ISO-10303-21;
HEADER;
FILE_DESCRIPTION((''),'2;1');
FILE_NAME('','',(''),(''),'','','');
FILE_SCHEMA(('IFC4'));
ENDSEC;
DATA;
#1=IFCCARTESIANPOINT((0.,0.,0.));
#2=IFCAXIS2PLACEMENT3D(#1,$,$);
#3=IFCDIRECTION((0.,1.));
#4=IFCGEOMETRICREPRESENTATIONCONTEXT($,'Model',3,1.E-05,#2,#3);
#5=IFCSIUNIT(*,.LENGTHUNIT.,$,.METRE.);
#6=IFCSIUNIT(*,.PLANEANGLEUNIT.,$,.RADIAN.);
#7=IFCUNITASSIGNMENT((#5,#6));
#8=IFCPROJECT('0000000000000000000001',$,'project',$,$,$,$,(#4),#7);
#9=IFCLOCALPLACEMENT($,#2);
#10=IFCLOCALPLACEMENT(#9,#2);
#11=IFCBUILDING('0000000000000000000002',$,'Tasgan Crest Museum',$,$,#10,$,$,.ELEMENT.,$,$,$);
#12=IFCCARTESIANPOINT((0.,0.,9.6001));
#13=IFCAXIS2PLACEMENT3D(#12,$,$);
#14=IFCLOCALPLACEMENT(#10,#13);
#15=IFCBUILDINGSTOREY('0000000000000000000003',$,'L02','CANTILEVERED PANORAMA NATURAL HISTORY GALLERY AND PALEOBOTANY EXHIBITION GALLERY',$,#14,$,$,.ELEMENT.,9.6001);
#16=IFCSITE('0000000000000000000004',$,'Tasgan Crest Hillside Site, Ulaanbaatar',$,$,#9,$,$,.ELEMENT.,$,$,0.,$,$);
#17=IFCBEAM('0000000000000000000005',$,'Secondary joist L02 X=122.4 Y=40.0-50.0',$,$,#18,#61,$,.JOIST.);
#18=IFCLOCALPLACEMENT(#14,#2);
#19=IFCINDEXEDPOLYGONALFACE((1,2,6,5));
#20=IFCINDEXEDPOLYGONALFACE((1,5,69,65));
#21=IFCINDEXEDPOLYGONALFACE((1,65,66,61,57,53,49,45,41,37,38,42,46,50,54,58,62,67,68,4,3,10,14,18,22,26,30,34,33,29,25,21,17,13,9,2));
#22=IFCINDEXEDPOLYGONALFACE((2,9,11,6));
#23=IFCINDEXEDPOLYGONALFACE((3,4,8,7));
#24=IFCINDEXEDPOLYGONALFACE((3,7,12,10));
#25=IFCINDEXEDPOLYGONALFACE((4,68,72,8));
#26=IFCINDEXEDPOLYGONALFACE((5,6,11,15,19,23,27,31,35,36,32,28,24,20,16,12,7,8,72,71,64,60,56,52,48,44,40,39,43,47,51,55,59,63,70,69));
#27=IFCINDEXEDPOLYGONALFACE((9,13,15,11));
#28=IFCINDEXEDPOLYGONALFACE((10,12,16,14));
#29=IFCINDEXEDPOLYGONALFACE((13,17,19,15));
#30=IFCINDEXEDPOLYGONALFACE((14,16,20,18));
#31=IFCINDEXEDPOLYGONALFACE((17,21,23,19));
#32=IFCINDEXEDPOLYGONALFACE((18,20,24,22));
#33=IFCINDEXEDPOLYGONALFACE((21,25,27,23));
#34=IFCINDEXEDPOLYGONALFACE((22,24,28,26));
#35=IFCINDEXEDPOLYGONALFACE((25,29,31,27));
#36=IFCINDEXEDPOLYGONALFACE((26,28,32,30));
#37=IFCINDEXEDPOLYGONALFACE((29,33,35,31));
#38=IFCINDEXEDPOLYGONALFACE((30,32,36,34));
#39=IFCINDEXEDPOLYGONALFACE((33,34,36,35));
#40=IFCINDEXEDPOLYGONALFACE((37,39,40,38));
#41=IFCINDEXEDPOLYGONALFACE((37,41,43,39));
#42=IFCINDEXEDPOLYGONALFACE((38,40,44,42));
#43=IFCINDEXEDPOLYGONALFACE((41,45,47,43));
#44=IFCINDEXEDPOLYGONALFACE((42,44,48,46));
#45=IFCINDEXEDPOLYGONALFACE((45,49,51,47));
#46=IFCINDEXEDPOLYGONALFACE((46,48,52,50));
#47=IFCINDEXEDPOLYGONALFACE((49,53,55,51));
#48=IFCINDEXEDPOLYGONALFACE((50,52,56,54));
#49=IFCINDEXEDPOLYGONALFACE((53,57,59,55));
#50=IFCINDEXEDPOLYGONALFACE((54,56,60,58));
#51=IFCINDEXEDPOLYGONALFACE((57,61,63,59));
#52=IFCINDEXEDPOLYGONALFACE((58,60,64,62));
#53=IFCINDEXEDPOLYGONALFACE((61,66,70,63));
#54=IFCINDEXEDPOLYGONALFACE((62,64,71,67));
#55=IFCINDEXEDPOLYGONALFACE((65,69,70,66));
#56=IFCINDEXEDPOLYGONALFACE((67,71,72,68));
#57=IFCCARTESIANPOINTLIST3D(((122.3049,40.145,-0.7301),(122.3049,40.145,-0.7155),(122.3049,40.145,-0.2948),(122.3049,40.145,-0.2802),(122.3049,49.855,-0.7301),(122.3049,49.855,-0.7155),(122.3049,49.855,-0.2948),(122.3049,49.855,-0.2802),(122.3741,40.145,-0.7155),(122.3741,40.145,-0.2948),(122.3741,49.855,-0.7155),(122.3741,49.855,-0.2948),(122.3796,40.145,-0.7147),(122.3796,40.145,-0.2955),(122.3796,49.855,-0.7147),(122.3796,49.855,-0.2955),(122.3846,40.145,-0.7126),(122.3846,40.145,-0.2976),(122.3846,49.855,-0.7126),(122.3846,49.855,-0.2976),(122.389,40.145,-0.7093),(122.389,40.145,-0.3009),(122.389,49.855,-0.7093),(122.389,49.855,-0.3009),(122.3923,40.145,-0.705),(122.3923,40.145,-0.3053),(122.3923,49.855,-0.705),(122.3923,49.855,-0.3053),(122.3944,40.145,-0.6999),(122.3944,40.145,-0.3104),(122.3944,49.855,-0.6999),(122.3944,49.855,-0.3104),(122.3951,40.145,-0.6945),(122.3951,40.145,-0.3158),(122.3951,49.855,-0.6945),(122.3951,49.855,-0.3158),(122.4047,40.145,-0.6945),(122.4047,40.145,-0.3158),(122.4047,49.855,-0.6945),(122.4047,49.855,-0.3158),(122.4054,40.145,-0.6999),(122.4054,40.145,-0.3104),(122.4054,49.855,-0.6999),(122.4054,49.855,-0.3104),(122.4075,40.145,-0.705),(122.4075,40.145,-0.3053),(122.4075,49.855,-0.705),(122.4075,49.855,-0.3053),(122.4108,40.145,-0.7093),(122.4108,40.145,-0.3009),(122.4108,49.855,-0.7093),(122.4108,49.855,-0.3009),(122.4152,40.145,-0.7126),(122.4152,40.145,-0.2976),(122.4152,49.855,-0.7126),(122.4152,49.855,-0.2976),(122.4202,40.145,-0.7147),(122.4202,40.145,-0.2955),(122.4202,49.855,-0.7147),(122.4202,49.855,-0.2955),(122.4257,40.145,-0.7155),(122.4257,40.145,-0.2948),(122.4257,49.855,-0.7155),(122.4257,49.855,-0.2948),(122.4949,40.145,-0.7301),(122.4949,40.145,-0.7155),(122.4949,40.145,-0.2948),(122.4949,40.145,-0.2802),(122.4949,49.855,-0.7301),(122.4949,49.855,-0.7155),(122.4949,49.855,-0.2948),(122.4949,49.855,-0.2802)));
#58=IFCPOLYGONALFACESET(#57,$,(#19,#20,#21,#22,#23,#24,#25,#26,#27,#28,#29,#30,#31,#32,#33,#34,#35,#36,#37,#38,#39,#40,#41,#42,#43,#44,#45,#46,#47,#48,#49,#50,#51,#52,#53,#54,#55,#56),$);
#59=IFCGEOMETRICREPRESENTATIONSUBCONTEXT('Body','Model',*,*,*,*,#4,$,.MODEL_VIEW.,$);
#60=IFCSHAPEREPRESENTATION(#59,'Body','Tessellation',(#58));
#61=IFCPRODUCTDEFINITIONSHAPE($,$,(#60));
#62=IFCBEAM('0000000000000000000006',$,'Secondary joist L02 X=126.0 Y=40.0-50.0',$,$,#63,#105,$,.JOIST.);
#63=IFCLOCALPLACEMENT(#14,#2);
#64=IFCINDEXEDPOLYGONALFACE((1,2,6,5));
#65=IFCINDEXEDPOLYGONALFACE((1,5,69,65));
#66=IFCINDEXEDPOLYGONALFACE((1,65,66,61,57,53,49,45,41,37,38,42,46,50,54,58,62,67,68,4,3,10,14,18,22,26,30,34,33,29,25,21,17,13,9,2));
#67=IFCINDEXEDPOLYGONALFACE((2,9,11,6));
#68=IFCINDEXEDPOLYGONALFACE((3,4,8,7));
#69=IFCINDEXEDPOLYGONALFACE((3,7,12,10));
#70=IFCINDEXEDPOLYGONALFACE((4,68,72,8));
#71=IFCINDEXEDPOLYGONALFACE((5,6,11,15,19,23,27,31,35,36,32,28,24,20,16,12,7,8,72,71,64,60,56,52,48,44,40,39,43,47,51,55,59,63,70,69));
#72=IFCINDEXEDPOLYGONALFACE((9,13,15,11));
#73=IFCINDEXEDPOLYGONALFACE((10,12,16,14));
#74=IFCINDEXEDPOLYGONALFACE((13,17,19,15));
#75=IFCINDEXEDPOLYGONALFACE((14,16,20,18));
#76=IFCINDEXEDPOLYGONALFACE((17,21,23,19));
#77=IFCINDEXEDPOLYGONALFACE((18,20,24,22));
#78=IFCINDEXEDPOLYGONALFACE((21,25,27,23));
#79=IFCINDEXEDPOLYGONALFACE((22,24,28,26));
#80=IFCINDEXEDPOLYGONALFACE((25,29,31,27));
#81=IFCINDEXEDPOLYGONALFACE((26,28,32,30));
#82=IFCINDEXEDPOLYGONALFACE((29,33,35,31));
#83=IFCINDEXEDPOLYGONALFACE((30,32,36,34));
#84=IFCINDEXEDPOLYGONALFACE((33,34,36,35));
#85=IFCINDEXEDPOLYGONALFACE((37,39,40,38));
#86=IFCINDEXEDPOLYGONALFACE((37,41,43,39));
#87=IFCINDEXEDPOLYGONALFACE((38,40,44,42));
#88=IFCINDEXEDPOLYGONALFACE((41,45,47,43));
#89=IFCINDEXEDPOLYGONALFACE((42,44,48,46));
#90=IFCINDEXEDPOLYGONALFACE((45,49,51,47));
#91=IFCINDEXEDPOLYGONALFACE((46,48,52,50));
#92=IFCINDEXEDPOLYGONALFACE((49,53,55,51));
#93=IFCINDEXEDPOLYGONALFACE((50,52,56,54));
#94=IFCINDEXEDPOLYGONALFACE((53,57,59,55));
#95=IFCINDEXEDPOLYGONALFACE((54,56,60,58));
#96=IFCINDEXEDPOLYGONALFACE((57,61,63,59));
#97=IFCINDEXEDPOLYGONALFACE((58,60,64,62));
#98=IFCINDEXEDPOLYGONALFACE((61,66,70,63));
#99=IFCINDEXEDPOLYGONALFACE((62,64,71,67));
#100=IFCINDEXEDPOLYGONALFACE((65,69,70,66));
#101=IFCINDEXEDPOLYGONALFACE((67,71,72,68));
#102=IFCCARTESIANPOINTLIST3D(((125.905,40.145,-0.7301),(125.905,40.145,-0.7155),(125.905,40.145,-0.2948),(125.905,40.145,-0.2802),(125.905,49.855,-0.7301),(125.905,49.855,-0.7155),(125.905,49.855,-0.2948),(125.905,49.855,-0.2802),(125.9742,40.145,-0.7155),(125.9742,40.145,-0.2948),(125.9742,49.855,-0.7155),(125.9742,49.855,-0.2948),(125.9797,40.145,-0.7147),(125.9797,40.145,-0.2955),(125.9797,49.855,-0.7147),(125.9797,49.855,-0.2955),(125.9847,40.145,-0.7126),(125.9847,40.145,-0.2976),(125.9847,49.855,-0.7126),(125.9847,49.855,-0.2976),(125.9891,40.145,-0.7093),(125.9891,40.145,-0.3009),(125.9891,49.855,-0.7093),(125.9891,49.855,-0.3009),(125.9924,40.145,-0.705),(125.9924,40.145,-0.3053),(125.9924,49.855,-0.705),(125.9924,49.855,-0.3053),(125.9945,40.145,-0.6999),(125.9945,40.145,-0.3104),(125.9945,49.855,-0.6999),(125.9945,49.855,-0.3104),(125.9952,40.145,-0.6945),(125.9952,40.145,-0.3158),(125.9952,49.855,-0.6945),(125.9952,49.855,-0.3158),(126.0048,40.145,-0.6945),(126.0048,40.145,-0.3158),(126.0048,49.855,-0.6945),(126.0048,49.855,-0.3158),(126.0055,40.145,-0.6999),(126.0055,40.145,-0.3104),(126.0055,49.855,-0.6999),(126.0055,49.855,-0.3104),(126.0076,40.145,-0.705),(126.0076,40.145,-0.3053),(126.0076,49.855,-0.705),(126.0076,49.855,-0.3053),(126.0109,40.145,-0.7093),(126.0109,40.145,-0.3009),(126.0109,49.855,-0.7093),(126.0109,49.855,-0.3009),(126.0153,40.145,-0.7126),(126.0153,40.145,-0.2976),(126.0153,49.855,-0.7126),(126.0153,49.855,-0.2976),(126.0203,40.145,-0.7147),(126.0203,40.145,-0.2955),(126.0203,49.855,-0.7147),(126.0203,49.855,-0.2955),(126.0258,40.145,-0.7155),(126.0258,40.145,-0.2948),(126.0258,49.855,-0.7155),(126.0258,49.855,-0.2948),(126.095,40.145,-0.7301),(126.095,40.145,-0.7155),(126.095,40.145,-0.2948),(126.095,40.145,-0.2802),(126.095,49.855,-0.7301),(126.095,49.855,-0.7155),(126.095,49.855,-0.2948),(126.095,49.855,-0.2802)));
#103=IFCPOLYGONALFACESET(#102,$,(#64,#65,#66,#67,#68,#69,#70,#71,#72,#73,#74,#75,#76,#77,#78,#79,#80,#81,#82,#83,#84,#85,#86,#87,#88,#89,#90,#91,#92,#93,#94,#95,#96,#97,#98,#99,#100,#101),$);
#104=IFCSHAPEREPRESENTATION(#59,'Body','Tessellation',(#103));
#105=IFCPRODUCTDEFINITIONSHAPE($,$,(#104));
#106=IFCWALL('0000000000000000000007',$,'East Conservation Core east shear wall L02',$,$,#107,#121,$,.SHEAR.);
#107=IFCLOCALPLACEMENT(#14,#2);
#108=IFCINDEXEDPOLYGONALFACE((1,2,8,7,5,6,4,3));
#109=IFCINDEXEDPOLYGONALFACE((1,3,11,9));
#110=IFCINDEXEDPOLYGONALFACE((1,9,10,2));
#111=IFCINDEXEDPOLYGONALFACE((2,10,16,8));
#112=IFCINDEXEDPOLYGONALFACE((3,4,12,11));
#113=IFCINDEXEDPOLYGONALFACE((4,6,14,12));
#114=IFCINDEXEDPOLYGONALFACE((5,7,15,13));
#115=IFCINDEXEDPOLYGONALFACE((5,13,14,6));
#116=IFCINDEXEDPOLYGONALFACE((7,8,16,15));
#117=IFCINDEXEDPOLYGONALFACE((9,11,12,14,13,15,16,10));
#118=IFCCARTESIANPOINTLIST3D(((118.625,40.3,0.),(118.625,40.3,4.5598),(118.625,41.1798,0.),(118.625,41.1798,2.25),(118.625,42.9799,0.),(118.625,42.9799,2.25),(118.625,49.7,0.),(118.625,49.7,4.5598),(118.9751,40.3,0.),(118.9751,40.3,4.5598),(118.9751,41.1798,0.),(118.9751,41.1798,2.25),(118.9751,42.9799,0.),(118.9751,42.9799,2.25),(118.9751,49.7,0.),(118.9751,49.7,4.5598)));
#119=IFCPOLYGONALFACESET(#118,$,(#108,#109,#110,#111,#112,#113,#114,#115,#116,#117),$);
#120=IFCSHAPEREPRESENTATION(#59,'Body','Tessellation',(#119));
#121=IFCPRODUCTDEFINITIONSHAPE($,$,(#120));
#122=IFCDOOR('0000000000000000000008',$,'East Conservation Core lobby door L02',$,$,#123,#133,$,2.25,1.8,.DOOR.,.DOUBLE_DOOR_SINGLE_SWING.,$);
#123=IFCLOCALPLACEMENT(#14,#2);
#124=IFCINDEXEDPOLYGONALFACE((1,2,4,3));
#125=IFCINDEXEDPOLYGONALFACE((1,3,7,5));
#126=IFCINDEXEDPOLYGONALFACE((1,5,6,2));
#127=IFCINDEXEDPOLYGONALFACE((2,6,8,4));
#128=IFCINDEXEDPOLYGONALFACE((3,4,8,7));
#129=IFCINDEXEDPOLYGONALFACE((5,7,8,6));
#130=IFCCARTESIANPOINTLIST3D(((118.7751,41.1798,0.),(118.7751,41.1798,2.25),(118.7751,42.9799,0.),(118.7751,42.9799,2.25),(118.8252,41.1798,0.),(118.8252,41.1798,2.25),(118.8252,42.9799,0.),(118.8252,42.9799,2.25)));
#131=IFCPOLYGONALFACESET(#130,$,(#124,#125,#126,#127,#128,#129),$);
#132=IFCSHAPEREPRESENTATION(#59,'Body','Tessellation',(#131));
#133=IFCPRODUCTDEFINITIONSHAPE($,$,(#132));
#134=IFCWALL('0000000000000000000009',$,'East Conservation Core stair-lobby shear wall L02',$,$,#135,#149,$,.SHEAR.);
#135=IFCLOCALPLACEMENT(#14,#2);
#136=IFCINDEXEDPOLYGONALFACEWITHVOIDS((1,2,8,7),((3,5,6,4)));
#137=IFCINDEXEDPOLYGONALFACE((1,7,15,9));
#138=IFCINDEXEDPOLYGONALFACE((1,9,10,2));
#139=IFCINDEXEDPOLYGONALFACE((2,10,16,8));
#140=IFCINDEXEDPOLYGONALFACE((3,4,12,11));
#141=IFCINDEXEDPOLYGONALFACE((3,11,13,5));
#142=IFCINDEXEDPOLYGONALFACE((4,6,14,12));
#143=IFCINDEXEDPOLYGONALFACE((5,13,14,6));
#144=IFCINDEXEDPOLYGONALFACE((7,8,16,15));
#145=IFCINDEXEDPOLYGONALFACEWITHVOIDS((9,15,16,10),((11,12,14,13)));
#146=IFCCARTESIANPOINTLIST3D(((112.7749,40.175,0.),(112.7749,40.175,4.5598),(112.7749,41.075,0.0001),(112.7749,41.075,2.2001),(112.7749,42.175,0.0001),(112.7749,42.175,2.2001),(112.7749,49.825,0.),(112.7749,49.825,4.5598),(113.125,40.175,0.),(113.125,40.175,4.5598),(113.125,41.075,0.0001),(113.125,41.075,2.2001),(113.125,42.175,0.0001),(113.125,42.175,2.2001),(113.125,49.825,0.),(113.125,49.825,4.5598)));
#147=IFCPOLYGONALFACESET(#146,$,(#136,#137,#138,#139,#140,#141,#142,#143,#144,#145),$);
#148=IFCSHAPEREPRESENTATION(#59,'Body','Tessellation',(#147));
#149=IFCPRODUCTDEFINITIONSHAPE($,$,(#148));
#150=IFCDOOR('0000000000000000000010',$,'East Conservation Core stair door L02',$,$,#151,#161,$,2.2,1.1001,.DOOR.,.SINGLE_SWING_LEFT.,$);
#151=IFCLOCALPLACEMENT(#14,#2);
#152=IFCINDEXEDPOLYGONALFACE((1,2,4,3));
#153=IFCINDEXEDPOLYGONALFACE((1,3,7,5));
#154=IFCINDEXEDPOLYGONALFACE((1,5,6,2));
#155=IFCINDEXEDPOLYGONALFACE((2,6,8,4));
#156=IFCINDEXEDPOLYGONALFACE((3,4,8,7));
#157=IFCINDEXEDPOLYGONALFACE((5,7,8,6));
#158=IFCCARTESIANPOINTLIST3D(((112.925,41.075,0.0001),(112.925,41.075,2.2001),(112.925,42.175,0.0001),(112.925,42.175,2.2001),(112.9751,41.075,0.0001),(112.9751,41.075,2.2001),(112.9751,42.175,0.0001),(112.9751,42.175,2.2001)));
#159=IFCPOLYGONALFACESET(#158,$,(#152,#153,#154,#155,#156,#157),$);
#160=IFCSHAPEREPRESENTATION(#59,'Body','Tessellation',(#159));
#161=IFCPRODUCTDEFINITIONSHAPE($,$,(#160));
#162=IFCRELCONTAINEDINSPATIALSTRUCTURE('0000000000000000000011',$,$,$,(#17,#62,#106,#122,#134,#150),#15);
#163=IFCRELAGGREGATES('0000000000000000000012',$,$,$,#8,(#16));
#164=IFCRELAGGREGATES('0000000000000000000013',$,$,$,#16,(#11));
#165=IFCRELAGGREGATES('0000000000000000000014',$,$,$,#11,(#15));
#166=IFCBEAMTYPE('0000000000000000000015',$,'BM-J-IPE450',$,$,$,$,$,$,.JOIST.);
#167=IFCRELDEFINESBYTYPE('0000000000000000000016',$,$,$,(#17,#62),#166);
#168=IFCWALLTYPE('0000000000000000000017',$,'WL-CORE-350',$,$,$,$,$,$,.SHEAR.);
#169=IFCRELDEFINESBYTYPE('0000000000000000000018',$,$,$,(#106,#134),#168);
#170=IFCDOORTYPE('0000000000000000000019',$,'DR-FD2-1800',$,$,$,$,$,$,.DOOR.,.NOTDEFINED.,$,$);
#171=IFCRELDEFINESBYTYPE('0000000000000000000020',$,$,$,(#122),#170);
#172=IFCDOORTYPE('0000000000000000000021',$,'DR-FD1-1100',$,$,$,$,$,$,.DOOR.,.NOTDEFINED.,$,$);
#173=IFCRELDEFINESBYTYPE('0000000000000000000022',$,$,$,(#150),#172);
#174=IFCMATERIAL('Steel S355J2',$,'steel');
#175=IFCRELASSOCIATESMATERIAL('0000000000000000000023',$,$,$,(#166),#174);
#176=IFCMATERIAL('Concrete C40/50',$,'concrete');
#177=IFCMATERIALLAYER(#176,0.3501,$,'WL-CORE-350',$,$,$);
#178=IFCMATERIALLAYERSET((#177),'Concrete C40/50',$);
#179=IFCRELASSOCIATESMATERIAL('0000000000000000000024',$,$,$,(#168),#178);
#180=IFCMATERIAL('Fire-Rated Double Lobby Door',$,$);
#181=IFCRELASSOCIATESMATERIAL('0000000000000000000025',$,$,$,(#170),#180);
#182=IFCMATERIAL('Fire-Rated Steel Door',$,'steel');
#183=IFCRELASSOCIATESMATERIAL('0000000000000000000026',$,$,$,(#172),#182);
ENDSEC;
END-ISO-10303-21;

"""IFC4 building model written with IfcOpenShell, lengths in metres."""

from ifc_helpers import new_model, si_unit, direction, frame, frame_2d, origin, origin_2d, place, context, subcontext, project, spatial, rectangle, i_section, extrude, material, layer, layer_set, material_profile, profile_set, type_object, element, fill, save


model = new_model("IFC4")

# Units and contexts
model_context = context("Model", 3, precision=1e-05, world=origin(), true_north=direction((0.0, 1.0)))
body_context = subcontext(model_context, "Body", "Model", "MODEL_VIEW")
ifc_project = project(units=[si_unit("LENGTHUNIT", "METRE"), si_unit("PLANEANGLEUNIT", "RADIAN")], contexts=[model_context])

# Site, building, storey
site_placement = place(None, origin())
site = spatial("IfcSite", under=ifc_project, at=site_placement, Name="Tasgan Crest Hillside Site, Ulaanbaatar", CompositionType="ELEMENT", RefElevation=0.0)
building_placement = place(site_placement, origin())
building = spatial("IfcBuilding", under=site, at=building_placement, Name="Tasgan Crest Museum", CompositionType="ELEMENT")
storey_placement = place(building_placement, frame((0.0, 0.0, 9.6001)))
storey = spatial("IfcBuildingStorey", under=building, at=storey_placement, Name="L02", Description="CANTILEVERED PANORAMA NATURAL HISTORY GALLERY AND PALEOBOTANY EXHIBITION GALLERY", CompositionType="ELEMENT", Elevation=9.6001)

# Beams
ifc_material_1 = material(Name="Steel S355J2", Category="steel")
ifc_material_profile_1 = material_profile(ifc_material_1, i_section(OverallWidth=0.1899, OverallDepth=0.45, WebThickness=0.0095, FlangeThickness=0.0146, FilletRadius=0.021, at=origin_2d()), Name="IPE 450")
ifc_profile_set_1 = profile_set([ifc_material_profile_1], Name="Steel S355J2")
beam_type_1 = type_object("IfcBeamType", Name="BM-J-IPE450", PredefinedType="JOIST", material=ifc_profile_set_1)
for number, where, z_axis, x_axis, name in (
    (1, (122.3999, 40.145, -0.5051), (0.0, 1.0, 0.0), (-1.0, 0.0, 0.0), "Secondary joist L02 X=122.4 Y=40.0-50.0"),
    (2, (126.0, 40.145, -0.5051), (0.0, 1.0, 0.0), (-1.0, 0.0, 0.0), "Secondary joist L02 X=126.0 Y=40.0-50.0"),
):
    element("IfcBeam", number, at=place(storey_placement, frame(where, z_axis=z_axis, x_axis=x_axis)), inside=storey, type_object=beam_type_1, Name=name, PredefinedType="JOIST", context=body_context, shape_type="SweptSolid", body=[
        extrude(i_section(OverallWidth=0.1899, OverallDepth=0.45, WebThickness=0.0095, FlangeThickness=0.0146, FilletRadius=0.021, at=origin_2d()), origin(), (0.0, 0.0, 1.0), 9.71),
    ])

# Walls, openings, doors
ifc_material_2 = material(Name="Concrete C40/50", Category="concrete")
ifc_layer_1 = layer(ifc_material_2, 0.3501, Name="WL-CORE-350")
ifc_layer_set_1 = layer_set([ifc_layer_1], Name="Concrete C40/50")
wall_type_1 = type_object("IfcWallType", Name="WL-CORE-350", PredefinedType="SHEAR", material=ifc_layer_set_1)
wall_1_placement = place(storey_placement, frame((118.8, 40.3, 0.0), z_axis=(0.0, 0.0, 1.0), x_axis=(0.0, 1.0, 0.0)))
wall_1 = element("IfcWall", 3, at=wall_1_placement, inside=storey, type_object=wall_type_1, Name="East Conservation Core east shear wall L02", PredefinedType="SHEAR", context=body_context, shape_type="SweptSolid", body=[
    extrude(rectangle(XDim=9.3999, YDim=0.3501, at=frame_2d((4.7, 0.0))), origin(), (0.0, 0.0, 1.0), 4.5598),
])
opening_1_placement = place(wall_1_placement, frame((0.8799, 0.0, 0.0)))
opening_1 = element("IfcOpeningElement", 4, at=opening_1_placement, cuts=wall_1, PredefinedType="OPENING", context=body_context, shape_type="SweptSolid", body=[
    extrude(rectangle(XDim=1.8, YDim=2.25, at=frame_2d((0.8999, 1.125))), frame((0.0, 0.1851, 0.0), z_axis=(0.0, -1.0, 0.0), x_axis=(1.0, 0.0, 0.0)), (0.0, 0.0, 1.0), 0.3701),
])
ifc_material_3 = material(Name="Fire-Rated Double Lobby Door")
door_type_1 = type_object("IfcDoorType", Name="DR-FD2-1800", OperationType="NOTDEFINED", PredefinedType="DOOR", material=ifc_material_3)
door_1_placement = place(opening_1_placement, origin())
door_1 = element("IfcDoor", 5, at=door_1_placement, inside=storey, type_object=door_type_1, Name="East Conservation Core lobby door L02", OperationType="DOUBLE_DOOR_SINGLE_SWING", OverallHeight=2.25, OverallWidth=1.8, PredefinedType="DOOR", context=body_context, shape_type="SweptSolid", body=[
    extrude(rectangle(XDim=1.8, YDim=2.25, at=frame_2d((0.8999, 1.125))), frame((0.0, 0.0249, 0.0), z_axis=(0.0, -1.0, 0.0), x_axis=(1.0, 0.0, 0.0)), (0.0, 0.0, 1.0), 0.05),
])
fill(opening_1, door_1)
wall_2_placement = place(storey_placement, frame((112.95, 40.175, 0.0), z_axis=(0.0, 0.0, 1.0), x_axis=(0.0, 1.0, 0.0)))
wall_2 = element("IfcWall", 6, at=wall_2_placement, inside=storey, type_object=wall_type_1, Name="East Conservation Core stair-lobby shear wall L02", PredefinedType="SHEAR", context=body_context, shape_type="SweptSolid", body=[
    extrude(rectangle(XDim=9.6499, YDim=0.3501, at=frame_2d((4.825, 0.0))), origin(), (0.0, 0.0, 1.0), 4.5598),
])
opening_2_placement = place(wall_2_placement, frame((0.8999, 0.0, 0.0)))
opening_2 = element("IfcOpeningElement", 7, at=opening_2_placement, cuts=wall_2, PredefinedType="OPENING", context=body_context, shape_type="SweptSolid", body=[
    extrude(rectangle(XDim=1.1001, YDim=2.2, at=frame_2d((0.55, 1.1001))), frame((0.0, 0.1851, 0.0), z_axis=(0.0, -1.0, 0.0), x_axis=(1.0, 0.0, 0.0)), (0.0, 0.0, 1.0), 0.3701),
])
ifc_material_4 = material(Name="Fire-Rated Steel Door", Category="steel")
door_type_2 = type_object("IfcDoorType", Name="DR-FD1-1100", OperationType="NOTDEFINED", PredefinedType="DOOR", material=ifc_material_4)
door_2_placement = place(opening_2_placement, origin())
door_2 = element("IfcDoor", 8, at=door_2_placement, inside=storey, type_object=door_type_2, Name="East Conservation Core stair door L02", OperationType="SINGLE_SWING_LEFT", OverallHeight=2.2, OverallWidth=1.1001, PredefinedType="DOOR", context=body_context, shape_type="SweptSolid", body=[
    extrude(rectangle(XDim=1.1001, YDim=2.2, at=frame_2d((0.55, 1.1001))), frame((0.0, 0.0249, 0.0), z_axis=(0.0, -1.0, 0.0), x_axis=(1.0, 0.0, 0.0)), (0.0, 0.0, 1.0), 0.05),
])
fill(opening_2, door_2)

save(model, "model.ifc")
